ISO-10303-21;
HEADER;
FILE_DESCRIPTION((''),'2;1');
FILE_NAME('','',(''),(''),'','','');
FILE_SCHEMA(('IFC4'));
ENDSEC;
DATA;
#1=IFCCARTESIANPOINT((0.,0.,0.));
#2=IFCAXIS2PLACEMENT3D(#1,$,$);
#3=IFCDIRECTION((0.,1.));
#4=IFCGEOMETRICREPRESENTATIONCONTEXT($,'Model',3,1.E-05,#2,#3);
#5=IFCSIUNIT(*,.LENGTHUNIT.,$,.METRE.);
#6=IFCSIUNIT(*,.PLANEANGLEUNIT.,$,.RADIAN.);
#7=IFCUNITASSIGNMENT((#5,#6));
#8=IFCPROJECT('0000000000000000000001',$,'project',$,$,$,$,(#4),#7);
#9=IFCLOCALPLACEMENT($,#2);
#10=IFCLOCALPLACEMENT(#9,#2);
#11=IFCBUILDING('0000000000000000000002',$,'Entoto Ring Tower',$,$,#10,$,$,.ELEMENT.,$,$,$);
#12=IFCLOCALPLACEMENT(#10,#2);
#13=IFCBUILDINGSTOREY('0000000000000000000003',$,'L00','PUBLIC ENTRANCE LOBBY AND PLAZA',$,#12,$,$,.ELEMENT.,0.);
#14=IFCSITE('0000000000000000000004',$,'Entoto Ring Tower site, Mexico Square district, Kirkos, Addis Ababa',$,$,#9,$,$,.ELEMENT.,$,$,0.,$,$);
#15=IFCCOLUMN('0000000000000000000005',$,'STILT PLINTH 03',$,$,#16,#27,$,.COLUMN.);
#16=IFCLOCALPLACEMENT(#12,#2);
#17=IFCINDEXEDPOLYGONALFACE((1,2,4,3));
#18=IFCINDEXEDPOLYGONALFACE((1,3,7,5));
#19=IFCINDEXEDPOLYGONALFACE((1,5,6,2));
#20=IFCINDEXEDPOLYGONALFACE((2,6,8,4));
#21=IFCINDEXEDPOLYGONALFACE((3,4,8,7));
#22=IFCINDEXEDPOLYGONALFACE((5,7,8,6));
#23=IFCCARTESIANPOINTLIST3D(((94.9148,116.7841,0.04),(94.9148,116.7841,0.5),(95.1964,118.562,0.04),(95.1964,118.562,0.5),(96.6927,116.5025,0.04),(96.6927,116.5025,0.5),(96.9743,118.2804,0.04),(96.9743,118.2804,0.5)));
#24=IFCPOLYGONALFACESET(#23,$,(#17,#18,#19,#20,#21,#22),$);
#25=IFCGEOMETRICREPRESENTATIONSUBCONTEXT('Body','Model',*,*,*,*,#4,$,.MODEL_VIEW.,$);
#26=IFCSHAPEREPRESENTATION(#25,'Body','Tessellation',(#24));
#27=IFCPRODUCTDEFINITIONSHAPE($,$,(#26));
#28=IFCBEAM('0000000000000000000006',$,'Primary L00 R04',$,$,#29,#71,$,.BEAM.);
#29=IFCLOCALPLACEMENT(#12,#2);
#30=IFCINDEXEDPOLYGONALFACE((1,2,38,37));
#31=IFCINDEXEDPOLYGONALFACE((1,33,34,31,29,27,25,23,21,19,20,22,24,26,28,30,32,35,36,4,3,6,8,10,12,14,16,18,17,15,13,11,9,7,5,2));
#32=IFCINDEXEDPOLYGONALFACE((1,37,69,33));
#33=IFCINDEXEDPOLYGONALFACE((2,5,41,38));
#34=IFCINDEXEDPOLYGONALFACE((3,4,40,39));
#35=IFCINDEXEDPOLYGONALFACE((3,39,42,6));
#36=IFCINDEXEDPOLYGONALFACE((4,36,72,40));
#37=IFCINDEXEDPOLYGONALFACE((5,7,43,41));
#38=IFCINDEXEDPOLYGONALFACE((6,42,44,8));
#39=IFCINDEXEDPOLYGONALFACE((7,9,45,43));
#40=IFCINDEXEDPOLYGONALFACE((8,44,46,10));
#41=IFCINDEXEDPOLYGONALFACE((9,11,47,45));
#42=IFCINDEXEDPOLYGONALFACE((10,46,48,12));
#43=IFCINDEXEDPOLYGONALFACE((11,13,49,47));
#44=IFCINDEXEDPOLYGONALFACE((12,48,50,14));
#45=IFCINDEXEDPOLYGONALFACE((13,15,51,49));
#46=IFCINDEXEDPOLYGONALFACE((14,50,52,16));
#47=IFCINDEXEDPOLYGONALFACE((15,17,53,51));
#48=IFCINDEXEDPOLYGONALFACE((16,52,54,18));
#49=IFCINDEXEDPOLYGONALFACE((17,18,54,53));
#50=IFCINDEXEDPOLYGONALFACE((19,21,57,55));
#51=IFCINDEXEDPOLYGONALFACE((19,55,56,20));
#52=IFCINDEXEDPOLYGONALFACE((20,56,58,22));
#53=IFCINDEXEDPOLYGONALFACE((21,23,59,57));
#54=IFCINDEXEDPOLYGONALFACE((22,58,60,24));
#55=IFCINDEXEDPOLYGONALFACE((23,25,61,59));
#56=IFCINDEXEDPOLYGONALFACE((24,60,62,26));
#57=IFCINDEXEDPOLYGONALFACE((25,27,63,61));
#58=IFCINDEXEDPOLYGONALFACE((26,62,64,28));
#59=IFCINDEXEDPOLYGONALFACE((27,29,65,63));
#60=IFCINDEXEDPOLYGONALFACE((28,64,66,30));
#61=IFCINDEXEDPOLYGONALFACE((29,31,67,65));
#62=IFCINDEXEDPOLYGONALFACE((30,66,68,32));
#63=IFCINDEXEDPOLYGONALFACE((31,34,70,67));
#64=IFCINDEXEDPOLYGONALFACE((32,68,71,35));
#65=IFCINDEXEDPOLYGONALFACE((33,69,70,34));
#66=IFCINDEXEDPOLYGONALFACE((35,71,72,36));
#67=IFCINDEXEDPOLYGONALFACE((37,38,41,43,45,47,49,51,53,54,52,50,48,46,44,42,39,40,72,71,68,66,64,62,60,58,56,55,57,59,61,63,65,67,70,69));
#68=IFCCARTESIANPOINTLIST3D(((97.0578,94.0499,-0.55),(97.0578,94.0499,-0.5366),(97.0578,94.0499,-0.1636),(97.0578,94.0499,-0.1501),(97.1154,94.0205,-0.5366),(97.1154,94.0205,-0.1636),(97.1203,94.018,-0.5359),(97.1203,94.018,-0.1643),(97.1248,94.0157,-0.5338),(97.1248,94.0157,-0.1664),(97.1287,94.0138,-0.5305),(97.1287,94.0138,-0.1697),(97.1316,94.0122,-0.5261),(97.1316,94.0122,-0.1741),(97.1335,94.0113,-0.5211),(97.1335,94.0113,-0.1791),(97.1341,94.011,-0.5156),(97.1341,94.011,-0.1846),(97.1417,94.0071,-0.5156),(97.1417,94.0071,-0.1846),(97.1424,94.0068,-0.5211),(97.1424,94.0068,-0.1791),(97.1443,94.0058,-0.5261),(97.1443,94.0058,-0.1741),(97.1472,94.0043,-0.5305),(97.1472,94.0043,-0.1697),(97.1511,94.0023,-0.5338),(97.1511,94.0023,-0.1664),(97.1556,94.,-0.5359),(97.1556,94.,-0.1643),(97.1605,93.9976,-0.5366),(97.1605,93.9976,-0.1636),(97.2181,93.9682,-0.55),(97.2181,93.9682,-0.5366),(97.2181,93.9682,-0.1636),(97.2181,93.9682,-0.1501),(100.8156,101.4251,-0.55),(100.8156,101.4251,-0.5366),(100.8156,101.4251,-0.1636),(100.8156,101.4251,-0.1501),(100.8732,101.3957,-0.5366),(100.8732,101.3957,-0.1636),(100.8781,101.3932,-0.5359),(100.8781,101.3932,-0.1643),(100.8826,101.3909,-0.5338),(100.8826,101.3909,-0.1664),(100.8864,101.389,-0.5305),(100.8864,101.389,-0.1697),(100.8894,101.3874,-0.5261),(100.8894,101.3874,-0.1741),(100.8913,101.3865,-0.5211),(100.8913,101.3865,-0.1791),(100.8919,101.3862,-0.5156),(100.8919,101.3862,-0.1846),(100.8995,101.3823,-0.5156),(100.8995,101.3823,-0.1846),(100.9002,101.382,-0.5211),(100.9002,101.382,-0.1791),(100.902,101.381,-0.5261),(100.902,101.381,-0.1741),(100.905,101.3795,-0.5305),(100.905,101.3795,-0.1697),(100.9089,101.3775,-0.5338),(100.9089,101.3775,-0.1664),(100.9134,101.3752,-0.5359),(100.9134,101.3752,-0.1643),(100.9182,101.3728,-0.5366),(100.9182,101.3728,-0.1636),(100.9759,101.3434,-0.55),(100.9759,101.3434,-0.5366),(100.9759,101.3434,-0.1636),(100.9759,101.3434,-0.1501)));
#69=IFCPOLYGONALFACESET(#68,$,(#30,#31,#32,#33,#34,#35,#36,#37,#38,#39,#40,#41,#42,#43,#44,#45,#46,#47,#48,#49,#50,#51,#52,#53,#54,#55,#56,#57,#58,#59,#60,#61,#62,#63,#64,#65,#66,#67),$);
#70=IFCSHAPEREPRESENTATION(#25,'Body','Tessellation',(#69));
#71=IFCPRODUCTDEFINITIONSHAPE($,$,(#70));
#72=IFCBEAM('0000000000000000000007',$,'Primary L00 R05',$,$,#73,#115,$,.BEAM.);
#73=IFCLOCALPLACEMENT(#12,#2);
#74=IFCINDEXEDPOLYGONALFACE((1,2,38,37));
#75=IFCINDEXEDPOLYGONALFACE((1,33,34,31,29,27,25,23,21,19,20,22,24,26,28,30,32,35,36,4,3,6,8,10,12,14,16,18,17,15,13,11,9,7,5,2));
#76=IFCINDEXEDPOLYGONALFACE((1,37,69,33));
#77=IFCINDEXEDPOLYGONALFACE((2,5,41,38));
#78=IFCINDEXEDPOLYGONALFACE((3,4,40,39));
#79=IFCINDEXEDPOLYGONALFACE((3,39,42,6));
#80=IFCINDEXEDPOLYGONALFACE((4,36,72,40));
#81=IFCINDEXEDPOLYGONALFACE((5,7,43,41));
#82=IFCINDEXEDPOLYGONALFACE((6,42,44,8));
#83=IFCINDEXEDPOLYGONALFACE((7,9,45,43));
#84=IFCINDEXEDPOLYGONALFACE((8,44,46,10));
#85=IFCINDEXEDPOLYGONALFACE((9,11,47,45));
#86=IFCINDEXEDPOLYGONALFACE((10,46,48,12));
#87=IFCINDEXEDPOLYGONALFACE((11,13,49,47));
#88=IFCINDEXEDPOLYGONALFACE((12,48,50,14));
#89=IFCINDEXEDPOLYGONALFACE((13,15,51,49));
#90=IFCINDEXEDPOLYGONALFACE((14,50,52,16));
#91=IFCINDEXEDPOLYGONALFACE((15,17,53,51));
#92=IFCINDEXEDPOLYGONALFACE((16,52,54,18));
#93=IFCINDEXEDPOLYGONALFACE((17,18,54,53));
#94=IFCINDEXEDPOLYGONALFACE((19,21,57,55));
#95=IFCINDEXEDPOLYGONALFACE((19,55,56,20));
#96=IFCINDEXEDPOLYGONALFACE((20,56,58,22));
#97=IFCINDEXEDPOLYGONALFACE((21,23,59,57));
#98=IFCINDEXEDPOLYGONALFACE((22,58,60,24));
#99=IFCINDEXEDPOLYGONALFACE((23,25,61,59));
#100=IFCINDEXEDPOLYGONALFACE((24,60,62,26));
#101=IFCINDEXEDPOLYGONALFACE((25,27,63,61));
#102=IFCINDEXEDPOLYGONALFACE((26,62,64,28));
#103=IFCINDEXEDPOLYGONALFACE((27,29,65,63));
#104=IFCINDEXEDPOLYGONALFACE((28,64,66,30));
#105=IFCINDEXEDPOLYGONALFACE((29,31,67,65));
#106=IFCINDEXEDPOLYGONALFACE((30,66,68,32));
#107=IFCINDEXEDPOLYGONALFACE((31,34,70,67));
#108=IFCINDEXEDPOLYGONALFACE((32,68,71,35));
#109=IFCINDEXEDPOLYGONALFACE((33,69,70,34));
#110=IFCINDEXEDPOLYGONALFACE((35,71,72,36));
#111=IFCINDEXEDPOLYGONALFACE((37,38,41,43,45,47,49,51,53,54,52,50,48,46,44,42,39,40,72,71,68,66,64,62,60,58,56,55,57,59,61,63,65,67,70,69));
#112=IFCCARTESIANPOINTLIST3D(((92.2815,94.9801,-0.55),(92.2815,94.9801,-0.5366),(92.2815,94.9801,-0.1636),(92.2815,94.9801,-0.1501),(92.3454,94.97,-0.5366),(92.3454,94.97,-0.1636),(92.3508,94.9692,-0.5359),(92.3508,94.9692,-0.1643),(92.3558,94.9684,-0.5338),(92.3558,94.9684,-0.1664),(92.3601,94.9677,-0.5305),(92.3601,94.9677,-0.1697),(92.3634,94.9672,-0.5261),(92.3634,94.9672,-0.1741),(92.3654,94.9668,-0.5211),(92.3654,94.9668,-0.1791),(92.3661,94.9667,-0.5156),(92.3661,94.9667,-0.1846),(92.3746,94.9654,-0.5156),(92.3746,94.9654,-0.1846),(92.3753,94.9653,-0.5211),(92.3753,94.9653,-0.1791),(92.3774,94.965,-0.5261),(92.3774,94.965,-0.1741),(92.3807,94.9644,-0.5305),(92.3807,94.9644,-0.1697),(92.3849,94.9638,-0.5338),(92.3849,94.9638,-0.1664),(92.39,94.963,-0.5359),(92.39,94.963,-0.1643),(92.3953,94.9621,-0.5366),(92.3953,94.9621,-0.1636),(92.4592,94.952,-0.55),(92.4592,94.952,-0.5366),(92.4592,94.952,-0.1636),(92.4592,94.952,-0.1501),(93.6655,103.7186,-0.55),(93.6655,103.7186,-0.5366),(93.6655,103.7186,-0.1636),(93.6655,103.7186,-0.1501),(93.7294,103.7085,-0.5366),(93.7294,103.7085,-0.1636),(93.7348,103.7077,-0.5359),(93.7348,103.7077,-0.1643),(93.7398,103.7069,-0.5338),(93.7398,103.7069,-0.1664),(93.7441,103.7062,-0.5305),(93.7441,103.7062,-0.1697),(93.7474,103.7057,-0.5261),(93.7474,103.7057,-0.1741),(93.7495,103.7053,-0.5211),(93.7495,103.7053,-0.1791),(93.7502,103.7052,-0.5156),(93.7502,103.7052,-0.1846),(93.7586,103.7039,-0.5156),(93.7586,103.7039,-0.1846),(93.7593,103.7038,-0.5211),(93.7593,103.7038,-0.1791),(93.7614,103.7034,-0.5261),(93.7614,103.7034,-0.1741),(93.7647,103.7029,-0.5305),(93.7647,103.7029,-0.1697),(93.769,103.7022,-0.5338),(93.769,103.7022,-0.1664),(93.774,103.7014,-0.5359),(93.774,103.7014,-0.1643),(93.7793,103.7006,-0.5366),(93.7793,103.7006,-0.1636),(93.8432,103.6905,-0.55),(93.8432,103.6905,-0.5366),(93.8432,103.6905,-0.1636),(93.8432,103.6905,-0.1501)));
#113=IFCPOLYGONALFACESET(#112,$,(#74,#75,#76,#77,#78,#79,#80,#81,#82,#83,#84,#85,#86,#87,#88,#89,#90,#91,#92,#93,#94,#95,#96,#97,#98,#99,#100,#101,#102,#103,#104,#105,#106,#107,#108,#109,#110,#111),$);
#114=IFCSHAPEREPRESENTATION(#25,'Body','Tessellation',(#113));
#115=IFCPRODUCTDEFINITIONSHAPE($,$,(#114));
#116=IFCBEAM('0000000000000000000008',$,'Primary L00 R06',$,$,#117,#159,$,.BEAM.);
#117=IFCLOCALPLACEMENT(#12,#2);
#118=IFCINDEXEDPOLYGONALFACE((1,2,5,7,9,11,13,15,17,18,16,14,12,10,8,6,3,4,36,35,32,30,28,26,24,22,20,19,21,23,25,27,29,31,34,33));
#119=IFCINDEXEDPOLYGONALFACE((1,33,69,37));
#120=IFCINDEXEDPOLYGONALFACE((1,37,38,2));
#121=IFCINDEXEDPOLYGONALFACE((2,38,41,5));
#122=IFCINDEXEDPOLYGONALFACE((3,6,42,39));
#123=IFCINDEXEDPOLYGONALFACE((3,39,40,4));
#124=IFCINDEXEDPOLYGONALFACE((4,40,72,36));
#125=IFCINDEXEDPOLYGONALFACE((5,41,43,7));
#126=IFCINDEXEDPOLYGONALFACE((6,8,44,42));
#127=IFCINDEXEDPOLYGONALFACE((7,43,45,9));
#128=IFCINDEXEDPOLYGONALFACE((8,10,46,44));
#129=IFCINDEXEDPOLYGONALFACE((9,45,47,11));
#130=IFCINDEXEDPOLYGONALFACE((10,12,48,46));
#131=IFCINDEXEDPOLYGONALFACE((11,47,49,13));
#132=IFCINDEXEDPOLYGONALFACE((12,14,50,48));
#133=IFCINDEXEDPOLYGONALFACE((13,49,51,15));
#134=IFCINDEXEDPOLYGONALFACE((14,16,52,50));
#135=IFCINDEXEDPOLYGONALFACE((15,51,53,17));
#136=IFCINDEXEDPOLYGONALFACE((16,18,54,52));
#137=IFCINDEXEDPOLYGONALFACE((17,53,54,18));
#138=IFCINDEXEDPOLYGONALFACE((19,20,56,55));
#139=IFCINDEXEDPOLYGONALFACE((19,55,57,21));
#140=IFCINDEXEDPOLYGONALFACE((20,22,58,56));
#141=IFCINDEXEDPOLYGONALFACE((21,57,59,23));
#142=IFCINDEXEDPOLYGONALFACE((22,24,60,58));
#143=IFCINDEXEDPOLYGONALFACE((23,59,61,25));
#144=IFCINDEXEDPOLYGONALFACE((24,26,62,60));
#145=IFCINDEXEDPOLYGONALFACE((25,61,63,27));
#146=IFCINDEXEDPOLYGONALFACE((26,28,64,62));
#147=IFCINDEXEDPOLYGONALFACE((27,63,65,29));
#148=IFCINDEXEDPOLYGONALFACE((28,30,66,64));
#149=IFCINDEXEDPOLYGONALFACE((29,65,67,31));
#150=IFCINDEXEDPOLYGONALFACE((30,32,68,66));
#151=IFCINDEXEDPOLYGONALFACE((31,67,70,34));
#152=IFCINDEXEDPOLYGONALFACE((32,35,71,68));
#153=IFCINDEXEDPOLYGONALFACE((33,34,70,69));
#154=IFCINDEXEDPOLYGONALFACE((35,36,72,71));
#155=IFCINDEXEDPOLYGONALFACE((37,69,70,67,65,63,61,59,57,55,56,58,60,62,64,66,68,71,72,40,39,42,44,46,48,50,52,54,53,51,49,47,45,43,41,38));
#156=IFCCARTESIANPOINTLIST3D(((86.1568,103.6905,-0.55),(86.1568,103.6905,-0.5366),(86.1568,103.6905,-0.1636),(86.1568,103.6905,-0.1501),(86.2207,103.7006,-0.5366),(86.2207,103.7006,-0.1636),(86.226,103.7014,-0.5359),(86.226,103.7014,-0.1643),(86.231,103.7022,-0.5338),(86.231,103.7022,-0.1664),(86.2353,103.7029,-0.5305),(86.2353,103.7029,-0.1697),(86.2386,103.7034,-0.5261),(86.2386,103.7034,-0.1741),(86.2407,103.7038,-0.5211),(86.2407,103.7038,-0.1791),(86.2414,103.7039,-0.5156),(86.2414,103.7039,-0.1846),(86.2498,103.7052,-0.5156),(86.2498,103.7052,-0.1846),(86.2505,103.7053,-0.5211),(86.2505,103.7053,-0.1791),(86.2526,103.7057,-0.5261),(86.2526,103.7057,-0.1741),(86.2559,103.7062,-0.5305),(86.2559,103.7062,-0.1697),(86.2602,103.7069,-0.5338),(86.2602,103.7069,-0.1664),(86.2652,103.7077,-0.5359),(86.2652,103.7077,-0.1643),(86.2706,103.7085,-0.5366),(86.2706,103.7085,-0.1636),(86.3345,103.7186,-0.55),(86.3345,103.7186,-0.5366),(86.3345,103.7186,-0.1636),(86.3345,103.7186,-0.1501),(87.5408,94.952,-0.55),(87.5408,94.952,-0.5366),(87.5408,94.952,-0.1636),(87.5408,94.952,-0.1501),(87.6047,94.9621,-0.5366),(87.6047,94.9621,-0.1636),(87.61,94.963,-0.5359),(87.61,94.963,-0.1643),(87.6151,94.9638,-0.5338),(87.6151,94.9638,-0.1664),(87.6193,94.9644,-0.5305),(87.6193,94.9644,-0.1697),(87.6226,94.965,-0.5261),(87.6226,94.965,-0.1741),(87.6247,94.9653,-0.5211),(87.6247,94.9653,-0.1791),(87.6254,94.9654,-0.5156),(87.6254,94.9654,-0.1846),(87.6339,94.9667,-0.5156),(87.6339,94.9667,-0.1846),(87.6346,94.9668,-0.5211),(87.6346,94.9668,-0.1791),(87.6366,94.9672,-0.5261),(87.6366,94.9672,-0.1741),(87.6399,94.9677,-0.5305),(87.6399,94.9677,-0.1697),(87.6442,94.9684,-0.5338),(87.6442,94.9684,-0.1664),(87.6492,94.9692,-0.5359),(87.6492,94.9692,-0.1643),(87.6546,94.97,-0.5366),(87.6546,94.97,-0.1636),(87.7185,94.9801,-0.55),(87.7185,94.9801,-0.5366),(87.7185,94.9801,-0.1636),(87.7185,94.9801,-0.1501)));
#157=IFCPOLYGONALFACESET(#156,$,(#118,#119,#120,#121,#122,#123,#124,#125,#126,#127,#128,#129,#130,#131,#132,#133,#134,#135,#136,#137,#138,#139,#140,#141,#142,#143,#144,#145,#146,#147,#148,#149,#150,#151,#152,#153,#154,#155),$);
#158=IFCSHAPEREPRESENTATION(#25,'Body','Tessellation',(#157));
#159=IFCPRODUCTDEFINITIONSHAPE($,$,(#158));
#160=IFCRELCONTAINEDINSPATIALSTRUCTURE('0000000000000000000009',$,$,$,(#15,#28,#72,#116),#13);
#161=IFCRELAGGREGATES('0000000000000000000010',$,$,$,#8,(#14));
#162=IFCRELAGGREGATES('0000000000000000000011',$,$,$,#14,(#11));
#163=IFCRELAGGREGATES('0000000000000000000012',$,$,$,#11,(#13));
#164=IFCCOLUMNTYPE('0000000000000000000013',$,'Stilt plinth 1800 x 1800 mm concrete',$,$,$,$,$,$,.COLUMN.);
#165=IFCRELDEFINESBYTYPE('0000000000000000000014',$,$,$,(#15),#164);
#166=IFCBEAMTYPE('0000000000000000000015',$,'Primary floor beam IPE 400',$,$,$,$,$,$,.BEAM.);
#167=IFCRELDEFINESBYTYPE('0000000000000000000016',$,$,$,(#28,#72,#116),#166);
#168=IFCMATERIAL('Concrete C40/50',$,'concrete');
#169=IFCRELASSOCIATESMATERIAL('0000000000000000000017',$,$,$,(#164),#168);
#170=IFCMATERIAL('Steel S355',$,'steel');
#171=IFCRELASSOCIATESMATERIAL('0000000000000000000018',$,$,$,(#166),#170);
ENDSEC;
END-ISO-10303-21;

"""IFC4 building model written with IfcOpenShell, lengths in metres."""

from ifc_helpers import new_model, si_unit, direction, frame, origin, origin_2d, place, context, subcontext, project, spatial, rectangle, i_section, extrude, material, material_profile, profile_set, type_object, element, save


model = new_model("IFC4")

# Units and contexts
model_context = context("Model", 3, precision=1e-05, world=origin(), true_north=direction((0.0, 1.0)))
body_context = subcontext(model_context, "Body", "Model", "MODEL_VIEW")
ifc_project = project(units=[si_unit("LENGTHUNIT", "METRE"), si_unit("PLANEANGLEUNIT", "RADIAN")], contexts=[model_context])

# Site, building, storey
site_placement = place(None, origin())
site = spatial("IfcSite", under=ifc_project, at=site_placement, Name="Entoto Ring Tower site, Mexico Square district, Kirkos, Addis Ababa", CompositionType="ELEMENT", RefElevation=0.0)
building_placement = place(site_placement, origin())
building = spatial("IfcBuilding", under=site, at=building_placement, Name="Entoto Ring Tower", CompositionType="ELEMENT")
storey_placement = place(building_placement, origin())
storey = spatial("IfcBuildingStorey", under=building, at=storey_placement, Name="L00", Description="PUBLIC ENTRANCE LOBBY AND PLAZA", CompositionType="ELEMENT", Elevation=0.0)

# Column
ifc_material_1 = material(Name="Concrete C40/50", Category="concrete")
ifc_material_profile_1 = material_profile(ifc_material_1, rectangle(XDim=1.8, YDim=1.8, at=origin_2d()), Name="Stilt plinth 1800 x 1800 mm concrete")
ifc_profile_set_1 = profile_set([ifc_material_profile_1], Name="Concrete C40/50")
column_type_1 = type_object("IfcColumnType", Name="Stilt plinth 1800 x 1800 mm concrete", PredefinedType="COLUMN", material=ifc_profile_set_1)
column_placement = place(storey_placement, frame((95.9446, 117.5322, 0.04), z_axis=(0.0, 0.0, 1.0), x_axis=(-0.987688, 0.156434, 0.0)))
element("IfcColumn", 1, at=column_placement, inside=storey, type_object=column_type_1, Name="STILT PLINTH 03", PredefinedType="COLUMN", context=body_context, shape_type="SweptSolid", body=[
    extrude(rectangle(XDim=1.8, YDim=1.8, at=origin_2d()), origin(), (0.0, 0.0, 1.0), 0.46),
])

# Beams
ifc_material_2 = material(Name="Steel S355", Category="steel")
ifc_material_profile_2 = material_profile(ifc_material_2, i_section(OverallWidth=0.1799, OverallDepth=0.3999, WebThickness=0.0085, FlangeThickness=0.0134, FilletRadius=0.021, at=origin_2d()), Name="IPE 400")
ifc_profile_set_2 = profile_set([ifc_material_profile_2], Name="Steel S355")
beam_type_1 = type_object("IfcBeamType", Name="Primary floor beam IPE 400", PredefinedType="BEAM", material=ifc_profile_set_2)
beam_1_placement = place(storey_placement, frame((97.1379, 94.009, -0.3501), z_axis=(0.453985, 0.89101, 0.0), x_axis=(-0.89101, 0.453985, 0.0)))
element("IfcBeam", 2, at=beam_1_placement, inside=storey, type_object=beam_type_1, Name="Primary L00 R04", PredefinedType="BEAM", context=body_context, shape_type="SweptSolid", body=[
    extrude(i_section(OverallWidth=0.1799, OverallDepth=0.3999, WebThickness=0.0085, FlangeThickness=0.0134, FilletRadius=0.021, at=origin_2d()), origin(), (0.0, 0.0, 1.0), 8.2773),
])
for number, where, z_axis, x_axis, name in (
    (3, (92.3704, 94.9661, -0.3501), (0.156433, 0.987689, 0.0), (-0.987689, 0.156433, 0.0), "Primary L00 R05"),
    (4, (87.6296, 94.9661, -0.3501), (-0.156433, 0.987689, 0.0), (-0.987689, -0.156433, 0.0), "Primary L00 R06"),
):
    element("IfcBeam", number, at=place(storey_placement, frame(where, z_axis=z_axis, x_axis=x_axis)), inside=storey, type_object=beam_type_1, Name=name, PredefinedType="BEAM", context=body_context, shape_type="SweptSolid", body=[
        extrude(i_section(OverallWidth=0.1799, OverallDepth=0.3999, WebThickness=0.0085, FlangeThickness=0.0134, FilletRadius=0.021, at=origin_2d()), origin(), (0.0, 0.0, 1.0), 8.8474),
    ])

save(model, "model.ifc")
